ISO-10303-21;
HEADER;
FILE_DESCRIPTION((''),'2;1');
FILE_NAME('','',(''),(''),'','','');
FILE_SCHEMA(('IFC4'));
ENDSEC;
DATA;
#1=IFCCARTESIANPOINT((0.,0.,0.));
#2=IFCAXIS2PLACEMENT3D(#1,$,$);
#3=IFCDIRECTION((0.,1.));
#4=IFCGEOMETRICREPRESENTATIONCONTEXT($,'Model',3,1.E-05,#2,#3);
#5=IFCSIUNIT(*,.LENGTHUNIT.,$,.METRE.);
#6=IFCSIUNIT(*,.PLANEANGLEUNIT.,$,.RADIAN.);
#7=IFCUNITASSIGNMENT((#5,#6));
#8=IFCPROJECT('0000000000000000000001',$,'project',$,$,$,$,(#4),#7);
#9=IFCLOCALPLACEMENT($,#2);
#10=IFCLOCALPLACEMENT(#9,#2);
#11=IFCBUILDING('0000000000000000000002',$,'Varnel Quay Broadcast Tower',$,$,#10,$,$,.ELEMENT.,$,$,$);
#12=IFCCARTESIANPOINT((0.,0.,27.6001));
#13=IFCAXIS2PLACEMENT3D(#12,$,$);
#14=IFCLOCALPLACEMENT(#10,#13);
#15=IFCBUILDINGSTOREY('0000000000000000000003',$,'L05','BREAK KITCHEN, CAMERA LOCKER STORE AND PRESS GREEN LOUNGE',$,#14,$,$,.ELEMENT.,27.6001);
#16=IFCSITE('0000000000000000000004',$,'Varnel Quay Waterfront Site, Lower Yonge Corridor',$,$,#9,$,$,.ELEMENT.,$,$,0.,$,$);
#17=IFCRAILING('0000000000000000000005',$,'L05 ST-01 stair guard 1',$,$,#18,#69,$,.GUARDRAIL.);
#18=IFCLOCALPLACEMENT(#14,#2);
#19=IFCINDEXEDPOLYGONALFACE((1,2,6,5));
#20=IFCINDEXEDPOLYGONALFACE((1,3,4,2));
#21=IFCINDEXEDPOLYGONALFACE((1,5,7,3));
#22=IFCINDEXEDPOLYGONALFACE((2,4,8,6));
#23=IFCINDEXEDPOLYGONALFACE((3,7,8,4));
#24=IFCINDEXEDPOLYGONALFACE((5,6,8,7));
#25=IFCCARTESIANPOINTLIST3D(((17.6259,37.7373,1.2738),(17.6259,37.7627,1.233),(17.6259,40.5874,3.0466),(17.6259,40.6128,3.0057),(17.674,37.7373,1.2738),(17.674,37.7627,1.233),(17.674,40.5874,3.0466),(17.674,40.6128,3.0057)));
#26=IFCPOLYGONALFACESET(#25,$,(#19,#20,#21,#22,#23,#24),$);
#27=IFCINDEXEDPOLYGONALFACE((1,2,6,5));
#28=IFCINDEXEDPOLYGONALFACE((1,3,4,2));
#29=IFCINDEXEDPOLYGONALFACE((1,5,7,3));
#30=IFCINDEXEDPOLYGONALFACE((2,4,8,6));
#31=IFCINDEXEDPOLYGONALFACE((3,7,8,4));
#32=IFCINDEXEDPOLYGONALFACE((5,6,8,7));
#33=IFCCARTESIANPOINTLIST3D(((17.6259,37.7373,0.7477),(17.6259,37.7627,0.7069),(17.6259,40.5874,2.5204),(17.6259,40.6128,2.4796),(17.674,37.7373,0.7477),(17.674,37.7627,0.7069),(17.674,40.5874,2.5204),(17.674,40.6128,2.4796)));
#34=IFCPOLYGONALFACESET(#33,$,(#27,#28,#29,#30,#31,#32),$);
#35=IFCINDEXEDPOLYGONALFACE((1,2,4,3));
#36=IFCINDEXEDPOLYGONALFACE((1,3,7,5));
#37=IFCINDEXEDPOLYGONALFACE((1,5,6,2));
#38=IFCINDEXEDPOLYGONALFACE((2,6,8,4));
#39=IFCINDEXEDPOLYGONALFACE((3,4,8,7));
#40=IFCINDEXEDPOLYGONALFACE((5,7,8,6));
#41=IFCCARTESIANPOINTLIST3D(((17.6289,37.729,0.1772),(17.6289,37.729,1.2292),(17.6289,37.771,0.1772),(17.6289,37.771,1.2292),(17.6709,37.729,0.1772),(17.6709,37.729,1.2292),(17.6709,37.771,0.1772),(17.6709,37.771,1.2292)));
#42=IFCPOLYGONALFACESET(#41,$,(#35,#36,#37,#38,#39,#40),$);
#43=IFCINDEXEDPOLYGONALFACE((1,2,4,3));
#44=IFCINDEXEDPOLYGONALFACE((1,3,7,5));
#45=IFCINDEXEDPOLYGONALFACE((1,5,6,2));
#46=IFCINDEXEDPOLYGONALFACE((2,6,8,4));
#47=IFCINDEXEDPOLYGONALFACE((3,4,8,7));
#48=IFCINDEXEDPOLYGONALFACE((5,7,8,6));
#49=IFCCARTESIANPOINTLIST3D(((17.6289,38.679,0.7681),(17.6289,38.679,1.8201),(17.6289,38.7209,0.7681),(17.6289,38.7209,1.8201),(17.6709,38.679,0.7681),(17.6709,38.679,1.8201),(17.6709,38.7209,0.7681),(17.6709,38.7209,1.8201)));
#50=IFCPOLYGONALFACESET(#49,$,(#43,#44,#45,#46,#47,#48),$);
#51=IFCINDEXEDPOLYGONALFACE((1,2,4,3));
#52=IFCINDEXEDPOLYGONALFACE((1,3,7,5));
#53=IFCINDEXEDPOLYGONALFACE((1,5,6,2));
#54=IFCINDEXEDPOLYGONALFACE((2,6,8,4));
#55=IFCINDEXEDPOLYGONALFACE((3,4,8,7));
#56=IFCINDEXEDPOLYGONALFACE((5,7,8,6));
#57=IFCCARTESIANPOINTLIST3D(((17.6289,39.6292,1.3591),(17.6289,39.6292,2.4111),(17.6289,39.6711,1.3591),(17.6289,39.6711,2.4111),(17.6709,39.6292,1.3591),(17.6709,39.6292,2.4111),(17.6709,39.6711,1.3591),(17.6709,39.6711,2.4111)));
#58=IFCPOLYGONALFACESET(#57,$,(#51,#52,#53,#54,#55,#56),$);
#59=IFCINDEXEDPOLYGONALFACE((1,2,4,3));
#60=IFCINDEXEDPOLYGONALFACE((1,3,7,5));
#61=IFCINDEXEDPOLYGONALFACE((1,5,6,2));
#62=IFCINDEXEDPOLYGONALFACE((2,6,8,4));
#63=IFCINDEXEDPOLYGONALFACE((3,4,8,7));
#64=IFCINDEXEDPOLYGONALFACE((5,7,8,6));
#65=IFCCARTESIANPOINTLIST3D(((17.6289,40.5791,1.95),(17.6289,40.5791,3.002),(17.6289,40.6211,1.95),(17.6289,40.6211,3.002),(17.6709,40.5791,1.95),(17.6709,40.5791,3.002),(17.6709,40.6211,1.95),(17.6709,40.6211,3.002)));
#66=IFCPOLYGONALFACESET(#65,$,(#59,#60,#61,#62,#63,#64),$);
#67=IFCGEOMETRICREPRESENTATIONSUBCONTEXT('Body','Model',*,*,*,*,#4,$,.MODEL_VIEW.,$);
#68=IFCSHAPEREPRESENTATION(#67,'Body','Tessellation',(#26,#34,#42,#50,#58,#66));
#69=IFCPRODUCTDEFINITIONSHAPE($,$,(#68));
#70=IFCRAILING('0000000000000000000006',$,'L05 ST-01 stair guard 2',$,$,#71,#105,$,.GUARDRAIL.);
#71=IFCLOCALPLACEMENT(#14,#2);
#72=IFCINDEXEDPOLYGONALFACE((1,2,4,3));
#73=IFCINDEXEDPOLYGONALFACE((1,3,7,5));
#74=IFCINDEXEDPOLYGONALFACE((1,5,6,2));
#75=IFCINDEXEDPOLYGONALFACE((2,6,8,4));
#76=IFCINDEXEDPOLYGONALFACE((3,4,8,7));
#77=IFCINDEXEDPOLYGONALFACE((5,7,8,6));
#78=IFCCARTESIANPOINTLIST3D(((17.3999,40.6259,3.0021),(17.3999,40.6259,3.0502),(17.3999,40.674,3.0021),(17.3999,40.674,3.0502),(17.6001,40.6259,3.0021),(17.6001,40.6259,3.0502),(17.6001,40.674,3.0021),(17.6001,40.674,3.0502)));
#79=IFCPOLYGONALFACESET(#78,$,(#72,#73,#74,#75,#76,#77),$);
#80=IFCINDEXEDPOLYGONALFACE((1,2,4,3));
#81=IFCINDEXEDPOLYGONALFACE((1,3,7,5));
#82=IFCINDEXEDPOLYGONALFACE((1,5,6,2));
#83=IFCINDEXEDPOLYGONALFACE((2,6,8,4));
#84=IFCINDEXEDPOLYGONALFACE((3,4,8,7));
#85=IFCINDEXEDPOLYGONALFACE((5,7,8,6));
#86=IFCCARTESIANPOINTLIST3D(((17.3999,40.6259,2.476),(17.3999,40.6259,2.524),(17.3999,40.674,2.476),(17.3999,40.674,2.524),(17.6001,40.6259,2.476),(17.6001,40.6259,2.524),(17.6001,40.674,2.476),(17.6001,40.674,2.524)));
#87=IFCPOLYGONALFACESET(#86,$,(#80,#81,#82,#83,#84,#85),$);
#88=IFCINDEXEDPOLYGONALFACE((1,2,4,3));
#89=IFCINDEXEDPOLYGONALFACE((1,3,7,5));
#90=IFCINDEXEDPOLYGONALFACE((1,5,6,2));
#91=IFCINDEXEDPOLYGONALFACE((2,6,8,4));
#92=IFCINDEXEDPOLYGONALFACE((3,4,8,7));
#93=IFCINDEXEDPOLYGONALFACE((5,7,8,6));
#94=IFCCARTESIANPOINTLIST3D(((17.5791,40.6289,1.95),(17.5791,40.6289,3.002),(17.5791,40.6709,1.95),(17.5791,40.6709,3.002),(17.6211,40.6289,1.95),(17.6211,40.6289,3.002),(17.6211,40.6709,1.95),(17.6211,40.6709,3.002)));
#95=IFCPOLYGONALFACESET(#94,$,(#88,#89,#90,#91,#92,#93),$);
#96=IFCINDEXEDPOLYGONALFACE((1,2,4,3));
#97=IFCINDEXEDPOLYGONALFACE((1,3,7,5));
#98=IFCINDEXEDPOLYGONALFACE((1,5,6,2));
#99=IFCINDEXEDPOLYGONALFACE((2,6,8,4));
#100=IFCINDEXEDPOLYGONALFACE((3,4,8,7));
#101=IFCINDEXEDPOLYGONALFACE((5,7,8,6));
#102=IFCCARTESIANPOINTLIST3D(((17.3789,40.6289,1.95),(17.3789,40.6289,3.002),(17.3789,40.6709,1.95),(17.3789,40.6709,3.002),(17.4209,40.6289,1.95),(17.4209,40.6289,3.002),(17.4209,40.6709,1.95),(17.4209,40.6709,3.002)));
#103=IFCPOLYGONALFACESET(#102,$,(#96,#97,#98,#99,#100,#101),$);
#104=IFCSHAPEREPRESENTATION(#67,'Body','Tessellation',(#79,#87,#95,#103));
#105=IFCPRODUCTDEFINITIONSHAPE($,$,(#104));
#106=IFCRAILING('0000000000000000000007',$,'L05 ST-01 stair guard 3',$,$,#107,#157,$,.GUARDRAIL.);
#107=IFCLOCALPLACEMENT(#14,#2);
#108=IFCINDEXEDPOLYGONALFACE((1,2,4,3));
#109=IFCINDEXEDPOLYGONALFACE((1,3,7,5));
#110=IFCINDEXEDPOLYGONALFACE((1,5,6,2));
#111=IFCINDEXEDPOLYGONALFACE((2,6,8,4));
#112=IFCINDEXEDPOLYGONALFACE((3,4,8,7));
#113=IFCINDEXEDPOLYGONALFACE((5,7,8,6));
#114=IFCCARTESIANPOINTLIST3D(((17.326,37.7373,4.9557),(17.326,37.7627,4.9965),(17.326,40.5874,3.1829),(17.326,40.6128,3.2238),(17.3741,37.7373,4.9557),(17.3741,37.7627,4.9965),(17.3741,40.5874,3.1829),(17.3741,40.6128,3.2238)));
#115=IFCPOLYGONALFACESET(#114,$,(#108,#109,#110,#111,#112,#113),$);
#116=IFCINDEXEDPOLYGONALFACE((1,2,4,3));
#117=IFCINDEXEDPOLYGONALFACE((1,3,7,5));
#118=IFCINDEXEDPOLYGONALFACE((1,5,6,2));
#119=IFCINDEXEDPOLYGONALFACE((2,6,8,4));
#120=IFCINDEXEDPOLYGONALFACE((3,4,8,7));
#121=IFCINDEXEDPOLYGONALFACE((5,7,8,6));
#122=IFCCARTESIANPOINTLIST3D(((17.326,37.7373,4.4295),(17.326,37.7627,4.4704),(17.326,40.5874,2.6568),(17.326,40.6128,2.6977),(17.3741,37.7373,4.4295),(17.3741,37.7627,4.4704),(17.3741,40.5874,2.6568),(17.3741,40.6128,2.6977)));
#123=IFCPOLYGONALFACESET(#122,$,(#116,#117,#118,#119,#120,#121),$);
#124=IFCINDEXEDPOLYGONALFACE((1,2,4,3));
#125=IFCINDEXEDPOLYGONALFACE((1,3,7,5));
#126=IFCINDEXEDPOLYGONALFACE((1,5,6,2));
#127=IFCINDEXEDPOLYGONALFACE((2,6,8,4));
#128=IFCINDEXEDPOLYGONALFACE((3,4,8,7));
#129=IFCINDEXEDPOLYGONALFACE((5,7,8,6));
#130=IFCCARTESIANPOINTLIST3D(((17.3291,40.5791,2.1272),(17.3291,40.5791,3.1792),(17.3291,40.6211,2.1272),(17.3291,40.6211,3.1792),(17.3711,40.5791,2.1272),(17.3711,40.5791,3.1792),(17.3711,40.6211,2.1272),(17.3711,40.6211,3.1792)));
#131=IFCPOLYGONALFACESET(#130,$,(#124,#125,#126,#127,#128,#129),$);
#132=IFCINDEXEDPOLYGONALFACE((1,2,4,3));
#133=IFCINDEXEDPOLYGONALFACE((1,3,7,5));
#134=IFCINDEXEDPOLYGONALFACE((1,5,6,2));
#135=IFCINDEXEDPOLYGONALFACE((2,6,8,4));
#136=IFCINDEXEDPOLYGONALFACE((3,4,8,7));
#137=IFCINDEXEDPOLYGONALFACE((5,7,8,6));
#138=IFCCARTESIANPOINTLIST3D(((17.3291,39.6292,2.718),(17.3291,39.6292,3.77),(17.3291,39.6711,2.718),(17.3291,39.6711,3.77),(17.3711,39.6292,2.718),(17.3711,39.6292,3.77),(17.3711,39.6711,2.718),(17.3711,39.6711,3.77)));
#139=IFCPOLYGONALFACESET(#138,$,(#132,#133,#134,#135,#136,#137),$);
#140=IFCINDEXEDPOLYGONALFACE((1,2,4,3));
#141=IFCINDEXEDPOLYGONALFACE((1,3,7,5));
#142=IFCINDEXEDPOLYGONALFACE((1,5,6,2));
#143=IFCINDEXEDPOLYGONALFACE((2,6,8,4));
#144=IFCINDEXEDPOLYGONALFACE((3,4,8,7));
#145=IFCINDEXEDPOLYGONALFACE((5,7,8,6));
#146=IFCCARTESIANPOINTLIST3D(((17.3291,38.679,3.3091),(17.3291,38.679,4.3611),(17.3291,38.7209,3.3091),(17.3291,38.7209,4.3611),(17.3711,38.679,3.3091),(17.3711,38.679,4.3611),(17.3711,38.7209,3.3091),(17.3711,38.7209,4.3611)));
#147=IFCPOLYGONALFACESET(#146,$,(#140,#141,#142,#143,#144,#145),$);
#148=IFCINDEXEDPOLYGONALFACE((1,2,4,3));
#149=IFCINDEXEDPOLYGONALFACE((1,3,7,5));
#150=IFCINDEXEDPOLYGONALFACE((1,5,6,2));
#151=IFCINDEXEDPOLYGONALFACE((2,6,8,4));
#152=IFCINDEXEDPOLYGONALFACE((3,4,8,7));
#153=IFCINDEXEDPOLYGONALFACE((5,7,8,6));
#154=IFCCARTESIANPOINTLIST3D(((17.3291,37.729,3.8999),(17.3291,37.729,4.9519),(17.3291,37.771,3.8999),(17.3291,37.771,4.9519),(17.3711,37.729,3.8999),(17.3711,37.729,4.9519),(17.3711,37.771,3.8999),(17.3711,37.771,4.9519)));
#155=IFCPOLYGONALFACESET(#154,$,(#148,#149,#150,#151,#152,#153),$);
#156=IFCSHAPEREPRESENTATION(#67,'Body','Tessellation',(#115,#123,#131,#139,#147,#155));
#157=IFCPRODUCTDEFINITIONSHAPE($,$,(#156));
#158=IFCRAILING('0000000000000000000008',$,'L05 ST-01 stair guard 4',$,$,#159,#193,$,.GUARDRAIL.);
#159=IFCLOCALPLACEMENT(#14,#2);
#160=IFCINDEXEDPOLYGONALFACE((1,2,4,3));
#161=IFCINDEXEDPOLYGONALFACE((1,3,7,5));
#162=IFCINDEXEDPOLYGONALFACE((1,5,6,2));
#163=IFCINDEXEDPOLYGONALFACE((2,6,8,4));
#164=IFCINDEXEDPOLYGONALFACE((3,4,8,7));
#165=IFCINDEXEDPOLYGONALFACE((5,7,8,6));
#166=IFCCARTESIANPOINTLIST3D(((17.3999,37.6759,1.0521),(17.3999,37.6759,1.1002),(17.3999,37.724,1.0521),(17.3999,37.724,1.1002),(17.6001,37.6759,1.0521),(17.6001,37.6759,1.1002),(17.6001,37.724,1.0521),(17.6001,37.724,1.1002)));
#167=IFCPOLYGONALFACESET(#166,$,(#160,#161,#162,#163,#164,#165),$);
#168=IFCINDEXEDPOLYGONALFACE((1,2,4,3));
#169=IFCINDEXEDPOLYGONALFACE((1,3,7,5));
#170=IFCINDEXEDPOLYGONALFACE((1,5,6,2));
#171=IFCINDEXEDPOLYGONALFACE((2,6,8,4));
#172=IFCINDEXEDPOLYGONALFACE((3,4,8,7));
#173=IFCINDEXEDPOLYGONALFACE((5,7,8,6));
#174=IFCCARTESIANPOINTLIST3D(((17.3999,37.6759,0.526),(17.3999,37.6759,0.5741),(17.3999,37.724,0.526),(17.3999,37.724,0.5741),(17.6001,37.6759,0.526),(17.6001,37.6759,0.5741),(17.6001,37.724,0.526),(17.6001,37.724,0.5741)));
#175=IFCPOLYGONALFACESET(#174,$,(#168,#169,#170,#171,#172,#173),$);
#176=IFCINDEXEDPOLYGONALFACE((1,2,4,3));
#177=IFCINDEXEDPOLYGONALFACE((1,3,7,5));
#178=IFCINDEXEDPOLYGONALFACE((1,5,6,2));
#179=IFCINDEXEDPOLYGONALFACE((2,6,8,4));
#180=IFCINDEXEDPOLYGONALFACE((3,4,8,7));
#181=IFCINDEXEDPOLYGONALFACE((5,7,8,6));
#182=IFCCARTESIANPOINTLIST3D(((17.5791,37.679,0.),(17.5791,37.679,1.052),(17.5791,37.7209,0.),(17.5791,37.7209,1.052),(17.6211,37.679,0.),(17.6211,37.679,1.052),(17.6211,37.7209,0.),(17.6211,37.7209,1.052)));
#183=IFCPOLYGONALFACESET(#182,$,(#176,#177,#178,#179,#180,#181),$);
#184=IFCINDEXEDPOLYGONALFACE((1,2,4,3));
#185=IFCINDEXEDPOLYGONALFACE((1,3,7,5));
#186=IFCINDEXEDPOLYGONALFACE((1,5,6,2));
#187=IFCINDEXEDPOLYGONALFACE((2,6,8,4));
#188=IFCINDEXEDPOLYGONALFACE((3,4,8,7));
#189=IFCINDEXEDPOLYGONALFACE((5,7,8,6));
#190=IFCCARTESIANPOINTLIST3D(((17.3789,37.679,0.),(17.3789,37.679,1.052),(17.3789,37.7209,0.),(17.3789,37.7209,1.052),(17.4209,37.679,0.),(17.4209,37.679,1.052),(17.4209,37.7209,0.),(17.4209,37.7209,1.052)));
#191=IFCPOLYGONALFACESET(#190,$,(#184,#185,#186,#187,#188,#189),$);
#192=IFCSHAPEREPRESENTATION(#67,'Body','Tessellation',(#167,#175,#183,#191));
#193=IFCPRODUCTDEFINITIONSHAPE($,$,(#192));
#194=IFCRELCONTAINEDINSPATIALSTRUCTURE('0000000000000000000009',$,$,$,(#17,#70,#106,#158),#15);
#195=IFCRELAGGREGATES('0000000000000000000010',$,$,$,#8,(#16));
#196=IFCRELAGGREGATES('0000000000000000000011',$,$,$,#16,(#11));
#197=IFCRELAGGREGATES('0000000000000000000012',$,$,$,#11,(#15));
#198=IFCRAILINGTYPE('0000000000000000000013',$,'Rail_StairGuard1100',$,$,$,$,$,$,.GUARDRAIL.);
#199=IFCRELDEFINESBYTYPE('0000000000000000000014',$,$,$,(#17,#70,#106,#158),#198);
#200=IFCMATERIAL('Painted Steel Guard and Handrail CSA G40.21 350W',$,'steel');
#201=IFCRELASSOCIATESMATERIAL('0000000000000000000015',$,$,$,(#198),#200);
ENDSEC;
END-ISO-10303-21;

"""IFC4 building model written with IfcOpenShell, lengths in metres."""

from ifc_helpers import new_model, si_unit, direction, frame, origin, origin_2d, place, context, subcontext, project, spatial, rectangle, extrude, material, type_object, element, save


model = new_model("IFC4")

# Units and contexts
model_context = context("Model", 3, precision=1e-05, world=origin(), true_north=direction((0.0, 1.0)))
body_context = subcontext(model_context, "Body", "Model", "MODEL_VIEW")
ifc_project = project(units=[si_unit("LENGTHUNIT", "METRE"), si_unit("PLANEANGLEUNIT", "RADIAN")], contexts=[model_context])

# Site, building, storey
site_placement = place(None, origin())
site = spatial("IfcSite", under=ifc_project, at=site_placement, Name="Varnel Quay Waterfront Site, Lower Yonge Corridor", CompositionType="ELEMENT", RefElevation=0.0)
building_placement = place(site_placement, origin())
building = spatial("IfcBuilding", under=site, at=building_placement, Name="Varnel Quay Broadcast Tower", CompositionType="ELEMENT")
storey_placement = place(building_placement, frame((0.0, 0.0, 27.6001)))
storey = spatial("IfcBuildingStorey", under=building, at=storey_placement, Name="L05", Description="BREAK KITCHEN, CAMERA LOCKER STORE AND PRESS GREEN LOUNGE", CompositionType="ELEMENT", Elevation=27.6001)

# Railings
ifc_material_1 = material(Name="Painted Steel Guard and Handrail CSA G40.21 350W", Category="steel")
railing_type_1 = type_object("IfcRailingType", Name="Rail_StairGuard1100", PredefinedType="GUARDRAIL", material=ifc_material_1)
railing_1_placement = place(storey_placement, frame((17.6499, 37.75, 0.1772)))
element("IfcRailing", 1, at=railing_1_placement, inside=storey, type_object=railing_type_1, Name="L05 ST-01 stair guard 1", PredefinedType="GUARDRAIL", context=body_context, shape_type="SweptSolid", body=[
    extrude(rectangle(XDim=0.0481, YDim=0.0481, at=origin_2d()), frame((0.0, 0.0, 1.0762), z_axis=(0.0, 0.849149, 0.528154), x_axis=(-1.0, 0.0, 0.0)), (0.0, 0.0, 1.0), 3.3564),
    extrude(rectangle(XDim=0.0481, YDim=0.0481, at=origin_2d()), frame((0.0, 0.0, 0.55), z_axis=(0.0, 0.849149, 0.528154), x_axis=(-1.0, 0.0, 0.0)), (0.0, 0.0, 1.0), 3.3564),
    extrude(rectangle(XDim=0.042, YDim=0.042, at=origin_2d()), origin(), (0.0, 0.0, 1.0), 1.052),
    extrude(rectangle(XDim=0.042, YDim=0.042, at=origin_2d()), frame((0.0, 0.95, 0.5908)), (0.0, 0.0, 1.0), 1.052),
    extrude(rectangle(XDim=0.042, YDim=0.042, at=origin_2d()), frame((0.0, 1.9001, 1.1819)), (0.0, 0.0, 1.0), 1.052),
    extrude(rectangle(XDim=0.042, YDim=0.042, at=origin_2d()), frame((0.0, 2.8501, 1.7727)), (0.0, 0.0, 1.0), 1.052),
])
railing_2_placement = place(storey_placement, frame((17.6001, 40.6499, 1.95)))
element("IfcRailing", 2, at=railing_2_placement, inside=storey, type_object=railing_type_1, Name="L05 ST-01 stair guard 2", PredefinedType="GUARDRAIL", context=body_context, shape_type="SweptSolid", body=[
    extrude(rectangle(XDim=0.0481, YDim=0.0481, at=origin_2d()), frame((0.0, 0.0, 1.0762), z_axis=(-1.0, 0.0, 0.0), x_axis=(0.0, -1.0, 0.0)), (0.0, 0.0, 1.0), 0.2002),
    extrude(rectangle(XDim=0.0481, YDim=0.0481, at=origin_2d()), frame((0.0, 0.0, 0.55), z_axis=(-1.0, 0.0, 0.0), x_axis=(0.0, -1.0, 0.0)), (0.0, 0.0, 1.0), 0.2002),
    extrude(rectangle(XDim=0.042, YDim=0.042, at=origin_2d()), origin(), (0.0, 0.0, 1.0), 1.052),
    extrude(rectangle(XDim=0.042, YDim=0.042, at=origin_2d()), frame((-0.2002, 0.0, 0.0)), (0.0, 0.0, 1.0), 1.052),
])
railing_3_placement = place(storey_placement, frame((17.3501, 40.6001, 2.1272)))
element("IfcRailing", 3, at=railing_3_placement, inside=storey, type_object=railing_type_1, Name="L05 ST-01 stair guard 3", PredefinedType="GUARDRAIL", context=body_context, shape_type="SweptSolid", body=[
    extrude(rectangle(XDim=0.0481, YDim=0.0481, at=origin_2d()), frame((0.0, 0.0, 1.0762), z_axis=(0.0, -0.849149, 0.528154), x_axis=(1.0, 0.0, 0.0)), (0.0, 0.0, 1.0), 3.3564),
    extrude(rectangle(XDim=0.0481, YDim=0.0481, at=origin_2d()), frame((0.0, 0.0, 0.55), z_axis=(0.0, -0.849149, 0.528154), x_axis=(1.0, 0.0, 0.0)), (0.0, 0.0, 1.0), 3.3564),
    extrude(rectangle(XDim=0.042, YDim=0.042, at=origin_2d()), origin(), (0.0, 0.0, 1.0), 1.052),
    extrude(rectangle(XDim=0.042, YDim=0.042, at=origin_2d()), frame((0.0, -0.95, 0.5908)), (0.0, 0.0, 1.0), 1.052),
    extrude(rectangle(XDim=0.042, YDim=0.042, at=origin_2d()), frame((0.0, -1.9001, 1.1819)), (0.0, 0.0, 1.0), 1.052),
    extrude(rectangle(XDim=0.042, YDim=0.042, at=origin_2d()), frame((0.0, -2.8501, 1.7727)), (0.0, 0.0, 1.0), 1.052),
])
railing_4_placement = place(storey_placement, frame((17.6001, 37.7, 0.0)))
element("IfcRailing", 4, at=railing_4_placement, inside=storey, type_object=railing_type_1, Name="L05 ST-01 stair guard 4", PredefinedType="GUARDRAIL", context=body_context, shape_type="SweptSolid", body=[
    extrude(rectangle(XDim=0.0481, YDim=0.0481, at=origin_2d()), frame((0.0, 0.0, 1.0762), z_axis=(-1.0, 0.0, 0.0), x_axis=(0.0, -1.0, 0.0)), (0.0, 0.0, 1.0), 0.2002),
    extrude(rectangle(XDim=0.0481, YDim=0.0481, at=origin_2d()), frame((0.0, 0.0, 0.55), z_axis=(-1.0, 0.0, 0.0), x_axis=(0.0, -1.0, 0.0)), (0.0, 0.0, 1.0), 0.2002),
    extrude(rectangle(XDim=0.042, YDim=0.042, at=origin_2d()), origin(), (0.0, 0.0, 1.0), 1.052),
    extrude(rectangle(XDim=0.042, YDim=0.042, at=origin_2d()), frame((-0.2002, 0.0, 0.0)), (0.0, 0.0, 1.0), 1.052),
])

save(model, "model.ifc")
